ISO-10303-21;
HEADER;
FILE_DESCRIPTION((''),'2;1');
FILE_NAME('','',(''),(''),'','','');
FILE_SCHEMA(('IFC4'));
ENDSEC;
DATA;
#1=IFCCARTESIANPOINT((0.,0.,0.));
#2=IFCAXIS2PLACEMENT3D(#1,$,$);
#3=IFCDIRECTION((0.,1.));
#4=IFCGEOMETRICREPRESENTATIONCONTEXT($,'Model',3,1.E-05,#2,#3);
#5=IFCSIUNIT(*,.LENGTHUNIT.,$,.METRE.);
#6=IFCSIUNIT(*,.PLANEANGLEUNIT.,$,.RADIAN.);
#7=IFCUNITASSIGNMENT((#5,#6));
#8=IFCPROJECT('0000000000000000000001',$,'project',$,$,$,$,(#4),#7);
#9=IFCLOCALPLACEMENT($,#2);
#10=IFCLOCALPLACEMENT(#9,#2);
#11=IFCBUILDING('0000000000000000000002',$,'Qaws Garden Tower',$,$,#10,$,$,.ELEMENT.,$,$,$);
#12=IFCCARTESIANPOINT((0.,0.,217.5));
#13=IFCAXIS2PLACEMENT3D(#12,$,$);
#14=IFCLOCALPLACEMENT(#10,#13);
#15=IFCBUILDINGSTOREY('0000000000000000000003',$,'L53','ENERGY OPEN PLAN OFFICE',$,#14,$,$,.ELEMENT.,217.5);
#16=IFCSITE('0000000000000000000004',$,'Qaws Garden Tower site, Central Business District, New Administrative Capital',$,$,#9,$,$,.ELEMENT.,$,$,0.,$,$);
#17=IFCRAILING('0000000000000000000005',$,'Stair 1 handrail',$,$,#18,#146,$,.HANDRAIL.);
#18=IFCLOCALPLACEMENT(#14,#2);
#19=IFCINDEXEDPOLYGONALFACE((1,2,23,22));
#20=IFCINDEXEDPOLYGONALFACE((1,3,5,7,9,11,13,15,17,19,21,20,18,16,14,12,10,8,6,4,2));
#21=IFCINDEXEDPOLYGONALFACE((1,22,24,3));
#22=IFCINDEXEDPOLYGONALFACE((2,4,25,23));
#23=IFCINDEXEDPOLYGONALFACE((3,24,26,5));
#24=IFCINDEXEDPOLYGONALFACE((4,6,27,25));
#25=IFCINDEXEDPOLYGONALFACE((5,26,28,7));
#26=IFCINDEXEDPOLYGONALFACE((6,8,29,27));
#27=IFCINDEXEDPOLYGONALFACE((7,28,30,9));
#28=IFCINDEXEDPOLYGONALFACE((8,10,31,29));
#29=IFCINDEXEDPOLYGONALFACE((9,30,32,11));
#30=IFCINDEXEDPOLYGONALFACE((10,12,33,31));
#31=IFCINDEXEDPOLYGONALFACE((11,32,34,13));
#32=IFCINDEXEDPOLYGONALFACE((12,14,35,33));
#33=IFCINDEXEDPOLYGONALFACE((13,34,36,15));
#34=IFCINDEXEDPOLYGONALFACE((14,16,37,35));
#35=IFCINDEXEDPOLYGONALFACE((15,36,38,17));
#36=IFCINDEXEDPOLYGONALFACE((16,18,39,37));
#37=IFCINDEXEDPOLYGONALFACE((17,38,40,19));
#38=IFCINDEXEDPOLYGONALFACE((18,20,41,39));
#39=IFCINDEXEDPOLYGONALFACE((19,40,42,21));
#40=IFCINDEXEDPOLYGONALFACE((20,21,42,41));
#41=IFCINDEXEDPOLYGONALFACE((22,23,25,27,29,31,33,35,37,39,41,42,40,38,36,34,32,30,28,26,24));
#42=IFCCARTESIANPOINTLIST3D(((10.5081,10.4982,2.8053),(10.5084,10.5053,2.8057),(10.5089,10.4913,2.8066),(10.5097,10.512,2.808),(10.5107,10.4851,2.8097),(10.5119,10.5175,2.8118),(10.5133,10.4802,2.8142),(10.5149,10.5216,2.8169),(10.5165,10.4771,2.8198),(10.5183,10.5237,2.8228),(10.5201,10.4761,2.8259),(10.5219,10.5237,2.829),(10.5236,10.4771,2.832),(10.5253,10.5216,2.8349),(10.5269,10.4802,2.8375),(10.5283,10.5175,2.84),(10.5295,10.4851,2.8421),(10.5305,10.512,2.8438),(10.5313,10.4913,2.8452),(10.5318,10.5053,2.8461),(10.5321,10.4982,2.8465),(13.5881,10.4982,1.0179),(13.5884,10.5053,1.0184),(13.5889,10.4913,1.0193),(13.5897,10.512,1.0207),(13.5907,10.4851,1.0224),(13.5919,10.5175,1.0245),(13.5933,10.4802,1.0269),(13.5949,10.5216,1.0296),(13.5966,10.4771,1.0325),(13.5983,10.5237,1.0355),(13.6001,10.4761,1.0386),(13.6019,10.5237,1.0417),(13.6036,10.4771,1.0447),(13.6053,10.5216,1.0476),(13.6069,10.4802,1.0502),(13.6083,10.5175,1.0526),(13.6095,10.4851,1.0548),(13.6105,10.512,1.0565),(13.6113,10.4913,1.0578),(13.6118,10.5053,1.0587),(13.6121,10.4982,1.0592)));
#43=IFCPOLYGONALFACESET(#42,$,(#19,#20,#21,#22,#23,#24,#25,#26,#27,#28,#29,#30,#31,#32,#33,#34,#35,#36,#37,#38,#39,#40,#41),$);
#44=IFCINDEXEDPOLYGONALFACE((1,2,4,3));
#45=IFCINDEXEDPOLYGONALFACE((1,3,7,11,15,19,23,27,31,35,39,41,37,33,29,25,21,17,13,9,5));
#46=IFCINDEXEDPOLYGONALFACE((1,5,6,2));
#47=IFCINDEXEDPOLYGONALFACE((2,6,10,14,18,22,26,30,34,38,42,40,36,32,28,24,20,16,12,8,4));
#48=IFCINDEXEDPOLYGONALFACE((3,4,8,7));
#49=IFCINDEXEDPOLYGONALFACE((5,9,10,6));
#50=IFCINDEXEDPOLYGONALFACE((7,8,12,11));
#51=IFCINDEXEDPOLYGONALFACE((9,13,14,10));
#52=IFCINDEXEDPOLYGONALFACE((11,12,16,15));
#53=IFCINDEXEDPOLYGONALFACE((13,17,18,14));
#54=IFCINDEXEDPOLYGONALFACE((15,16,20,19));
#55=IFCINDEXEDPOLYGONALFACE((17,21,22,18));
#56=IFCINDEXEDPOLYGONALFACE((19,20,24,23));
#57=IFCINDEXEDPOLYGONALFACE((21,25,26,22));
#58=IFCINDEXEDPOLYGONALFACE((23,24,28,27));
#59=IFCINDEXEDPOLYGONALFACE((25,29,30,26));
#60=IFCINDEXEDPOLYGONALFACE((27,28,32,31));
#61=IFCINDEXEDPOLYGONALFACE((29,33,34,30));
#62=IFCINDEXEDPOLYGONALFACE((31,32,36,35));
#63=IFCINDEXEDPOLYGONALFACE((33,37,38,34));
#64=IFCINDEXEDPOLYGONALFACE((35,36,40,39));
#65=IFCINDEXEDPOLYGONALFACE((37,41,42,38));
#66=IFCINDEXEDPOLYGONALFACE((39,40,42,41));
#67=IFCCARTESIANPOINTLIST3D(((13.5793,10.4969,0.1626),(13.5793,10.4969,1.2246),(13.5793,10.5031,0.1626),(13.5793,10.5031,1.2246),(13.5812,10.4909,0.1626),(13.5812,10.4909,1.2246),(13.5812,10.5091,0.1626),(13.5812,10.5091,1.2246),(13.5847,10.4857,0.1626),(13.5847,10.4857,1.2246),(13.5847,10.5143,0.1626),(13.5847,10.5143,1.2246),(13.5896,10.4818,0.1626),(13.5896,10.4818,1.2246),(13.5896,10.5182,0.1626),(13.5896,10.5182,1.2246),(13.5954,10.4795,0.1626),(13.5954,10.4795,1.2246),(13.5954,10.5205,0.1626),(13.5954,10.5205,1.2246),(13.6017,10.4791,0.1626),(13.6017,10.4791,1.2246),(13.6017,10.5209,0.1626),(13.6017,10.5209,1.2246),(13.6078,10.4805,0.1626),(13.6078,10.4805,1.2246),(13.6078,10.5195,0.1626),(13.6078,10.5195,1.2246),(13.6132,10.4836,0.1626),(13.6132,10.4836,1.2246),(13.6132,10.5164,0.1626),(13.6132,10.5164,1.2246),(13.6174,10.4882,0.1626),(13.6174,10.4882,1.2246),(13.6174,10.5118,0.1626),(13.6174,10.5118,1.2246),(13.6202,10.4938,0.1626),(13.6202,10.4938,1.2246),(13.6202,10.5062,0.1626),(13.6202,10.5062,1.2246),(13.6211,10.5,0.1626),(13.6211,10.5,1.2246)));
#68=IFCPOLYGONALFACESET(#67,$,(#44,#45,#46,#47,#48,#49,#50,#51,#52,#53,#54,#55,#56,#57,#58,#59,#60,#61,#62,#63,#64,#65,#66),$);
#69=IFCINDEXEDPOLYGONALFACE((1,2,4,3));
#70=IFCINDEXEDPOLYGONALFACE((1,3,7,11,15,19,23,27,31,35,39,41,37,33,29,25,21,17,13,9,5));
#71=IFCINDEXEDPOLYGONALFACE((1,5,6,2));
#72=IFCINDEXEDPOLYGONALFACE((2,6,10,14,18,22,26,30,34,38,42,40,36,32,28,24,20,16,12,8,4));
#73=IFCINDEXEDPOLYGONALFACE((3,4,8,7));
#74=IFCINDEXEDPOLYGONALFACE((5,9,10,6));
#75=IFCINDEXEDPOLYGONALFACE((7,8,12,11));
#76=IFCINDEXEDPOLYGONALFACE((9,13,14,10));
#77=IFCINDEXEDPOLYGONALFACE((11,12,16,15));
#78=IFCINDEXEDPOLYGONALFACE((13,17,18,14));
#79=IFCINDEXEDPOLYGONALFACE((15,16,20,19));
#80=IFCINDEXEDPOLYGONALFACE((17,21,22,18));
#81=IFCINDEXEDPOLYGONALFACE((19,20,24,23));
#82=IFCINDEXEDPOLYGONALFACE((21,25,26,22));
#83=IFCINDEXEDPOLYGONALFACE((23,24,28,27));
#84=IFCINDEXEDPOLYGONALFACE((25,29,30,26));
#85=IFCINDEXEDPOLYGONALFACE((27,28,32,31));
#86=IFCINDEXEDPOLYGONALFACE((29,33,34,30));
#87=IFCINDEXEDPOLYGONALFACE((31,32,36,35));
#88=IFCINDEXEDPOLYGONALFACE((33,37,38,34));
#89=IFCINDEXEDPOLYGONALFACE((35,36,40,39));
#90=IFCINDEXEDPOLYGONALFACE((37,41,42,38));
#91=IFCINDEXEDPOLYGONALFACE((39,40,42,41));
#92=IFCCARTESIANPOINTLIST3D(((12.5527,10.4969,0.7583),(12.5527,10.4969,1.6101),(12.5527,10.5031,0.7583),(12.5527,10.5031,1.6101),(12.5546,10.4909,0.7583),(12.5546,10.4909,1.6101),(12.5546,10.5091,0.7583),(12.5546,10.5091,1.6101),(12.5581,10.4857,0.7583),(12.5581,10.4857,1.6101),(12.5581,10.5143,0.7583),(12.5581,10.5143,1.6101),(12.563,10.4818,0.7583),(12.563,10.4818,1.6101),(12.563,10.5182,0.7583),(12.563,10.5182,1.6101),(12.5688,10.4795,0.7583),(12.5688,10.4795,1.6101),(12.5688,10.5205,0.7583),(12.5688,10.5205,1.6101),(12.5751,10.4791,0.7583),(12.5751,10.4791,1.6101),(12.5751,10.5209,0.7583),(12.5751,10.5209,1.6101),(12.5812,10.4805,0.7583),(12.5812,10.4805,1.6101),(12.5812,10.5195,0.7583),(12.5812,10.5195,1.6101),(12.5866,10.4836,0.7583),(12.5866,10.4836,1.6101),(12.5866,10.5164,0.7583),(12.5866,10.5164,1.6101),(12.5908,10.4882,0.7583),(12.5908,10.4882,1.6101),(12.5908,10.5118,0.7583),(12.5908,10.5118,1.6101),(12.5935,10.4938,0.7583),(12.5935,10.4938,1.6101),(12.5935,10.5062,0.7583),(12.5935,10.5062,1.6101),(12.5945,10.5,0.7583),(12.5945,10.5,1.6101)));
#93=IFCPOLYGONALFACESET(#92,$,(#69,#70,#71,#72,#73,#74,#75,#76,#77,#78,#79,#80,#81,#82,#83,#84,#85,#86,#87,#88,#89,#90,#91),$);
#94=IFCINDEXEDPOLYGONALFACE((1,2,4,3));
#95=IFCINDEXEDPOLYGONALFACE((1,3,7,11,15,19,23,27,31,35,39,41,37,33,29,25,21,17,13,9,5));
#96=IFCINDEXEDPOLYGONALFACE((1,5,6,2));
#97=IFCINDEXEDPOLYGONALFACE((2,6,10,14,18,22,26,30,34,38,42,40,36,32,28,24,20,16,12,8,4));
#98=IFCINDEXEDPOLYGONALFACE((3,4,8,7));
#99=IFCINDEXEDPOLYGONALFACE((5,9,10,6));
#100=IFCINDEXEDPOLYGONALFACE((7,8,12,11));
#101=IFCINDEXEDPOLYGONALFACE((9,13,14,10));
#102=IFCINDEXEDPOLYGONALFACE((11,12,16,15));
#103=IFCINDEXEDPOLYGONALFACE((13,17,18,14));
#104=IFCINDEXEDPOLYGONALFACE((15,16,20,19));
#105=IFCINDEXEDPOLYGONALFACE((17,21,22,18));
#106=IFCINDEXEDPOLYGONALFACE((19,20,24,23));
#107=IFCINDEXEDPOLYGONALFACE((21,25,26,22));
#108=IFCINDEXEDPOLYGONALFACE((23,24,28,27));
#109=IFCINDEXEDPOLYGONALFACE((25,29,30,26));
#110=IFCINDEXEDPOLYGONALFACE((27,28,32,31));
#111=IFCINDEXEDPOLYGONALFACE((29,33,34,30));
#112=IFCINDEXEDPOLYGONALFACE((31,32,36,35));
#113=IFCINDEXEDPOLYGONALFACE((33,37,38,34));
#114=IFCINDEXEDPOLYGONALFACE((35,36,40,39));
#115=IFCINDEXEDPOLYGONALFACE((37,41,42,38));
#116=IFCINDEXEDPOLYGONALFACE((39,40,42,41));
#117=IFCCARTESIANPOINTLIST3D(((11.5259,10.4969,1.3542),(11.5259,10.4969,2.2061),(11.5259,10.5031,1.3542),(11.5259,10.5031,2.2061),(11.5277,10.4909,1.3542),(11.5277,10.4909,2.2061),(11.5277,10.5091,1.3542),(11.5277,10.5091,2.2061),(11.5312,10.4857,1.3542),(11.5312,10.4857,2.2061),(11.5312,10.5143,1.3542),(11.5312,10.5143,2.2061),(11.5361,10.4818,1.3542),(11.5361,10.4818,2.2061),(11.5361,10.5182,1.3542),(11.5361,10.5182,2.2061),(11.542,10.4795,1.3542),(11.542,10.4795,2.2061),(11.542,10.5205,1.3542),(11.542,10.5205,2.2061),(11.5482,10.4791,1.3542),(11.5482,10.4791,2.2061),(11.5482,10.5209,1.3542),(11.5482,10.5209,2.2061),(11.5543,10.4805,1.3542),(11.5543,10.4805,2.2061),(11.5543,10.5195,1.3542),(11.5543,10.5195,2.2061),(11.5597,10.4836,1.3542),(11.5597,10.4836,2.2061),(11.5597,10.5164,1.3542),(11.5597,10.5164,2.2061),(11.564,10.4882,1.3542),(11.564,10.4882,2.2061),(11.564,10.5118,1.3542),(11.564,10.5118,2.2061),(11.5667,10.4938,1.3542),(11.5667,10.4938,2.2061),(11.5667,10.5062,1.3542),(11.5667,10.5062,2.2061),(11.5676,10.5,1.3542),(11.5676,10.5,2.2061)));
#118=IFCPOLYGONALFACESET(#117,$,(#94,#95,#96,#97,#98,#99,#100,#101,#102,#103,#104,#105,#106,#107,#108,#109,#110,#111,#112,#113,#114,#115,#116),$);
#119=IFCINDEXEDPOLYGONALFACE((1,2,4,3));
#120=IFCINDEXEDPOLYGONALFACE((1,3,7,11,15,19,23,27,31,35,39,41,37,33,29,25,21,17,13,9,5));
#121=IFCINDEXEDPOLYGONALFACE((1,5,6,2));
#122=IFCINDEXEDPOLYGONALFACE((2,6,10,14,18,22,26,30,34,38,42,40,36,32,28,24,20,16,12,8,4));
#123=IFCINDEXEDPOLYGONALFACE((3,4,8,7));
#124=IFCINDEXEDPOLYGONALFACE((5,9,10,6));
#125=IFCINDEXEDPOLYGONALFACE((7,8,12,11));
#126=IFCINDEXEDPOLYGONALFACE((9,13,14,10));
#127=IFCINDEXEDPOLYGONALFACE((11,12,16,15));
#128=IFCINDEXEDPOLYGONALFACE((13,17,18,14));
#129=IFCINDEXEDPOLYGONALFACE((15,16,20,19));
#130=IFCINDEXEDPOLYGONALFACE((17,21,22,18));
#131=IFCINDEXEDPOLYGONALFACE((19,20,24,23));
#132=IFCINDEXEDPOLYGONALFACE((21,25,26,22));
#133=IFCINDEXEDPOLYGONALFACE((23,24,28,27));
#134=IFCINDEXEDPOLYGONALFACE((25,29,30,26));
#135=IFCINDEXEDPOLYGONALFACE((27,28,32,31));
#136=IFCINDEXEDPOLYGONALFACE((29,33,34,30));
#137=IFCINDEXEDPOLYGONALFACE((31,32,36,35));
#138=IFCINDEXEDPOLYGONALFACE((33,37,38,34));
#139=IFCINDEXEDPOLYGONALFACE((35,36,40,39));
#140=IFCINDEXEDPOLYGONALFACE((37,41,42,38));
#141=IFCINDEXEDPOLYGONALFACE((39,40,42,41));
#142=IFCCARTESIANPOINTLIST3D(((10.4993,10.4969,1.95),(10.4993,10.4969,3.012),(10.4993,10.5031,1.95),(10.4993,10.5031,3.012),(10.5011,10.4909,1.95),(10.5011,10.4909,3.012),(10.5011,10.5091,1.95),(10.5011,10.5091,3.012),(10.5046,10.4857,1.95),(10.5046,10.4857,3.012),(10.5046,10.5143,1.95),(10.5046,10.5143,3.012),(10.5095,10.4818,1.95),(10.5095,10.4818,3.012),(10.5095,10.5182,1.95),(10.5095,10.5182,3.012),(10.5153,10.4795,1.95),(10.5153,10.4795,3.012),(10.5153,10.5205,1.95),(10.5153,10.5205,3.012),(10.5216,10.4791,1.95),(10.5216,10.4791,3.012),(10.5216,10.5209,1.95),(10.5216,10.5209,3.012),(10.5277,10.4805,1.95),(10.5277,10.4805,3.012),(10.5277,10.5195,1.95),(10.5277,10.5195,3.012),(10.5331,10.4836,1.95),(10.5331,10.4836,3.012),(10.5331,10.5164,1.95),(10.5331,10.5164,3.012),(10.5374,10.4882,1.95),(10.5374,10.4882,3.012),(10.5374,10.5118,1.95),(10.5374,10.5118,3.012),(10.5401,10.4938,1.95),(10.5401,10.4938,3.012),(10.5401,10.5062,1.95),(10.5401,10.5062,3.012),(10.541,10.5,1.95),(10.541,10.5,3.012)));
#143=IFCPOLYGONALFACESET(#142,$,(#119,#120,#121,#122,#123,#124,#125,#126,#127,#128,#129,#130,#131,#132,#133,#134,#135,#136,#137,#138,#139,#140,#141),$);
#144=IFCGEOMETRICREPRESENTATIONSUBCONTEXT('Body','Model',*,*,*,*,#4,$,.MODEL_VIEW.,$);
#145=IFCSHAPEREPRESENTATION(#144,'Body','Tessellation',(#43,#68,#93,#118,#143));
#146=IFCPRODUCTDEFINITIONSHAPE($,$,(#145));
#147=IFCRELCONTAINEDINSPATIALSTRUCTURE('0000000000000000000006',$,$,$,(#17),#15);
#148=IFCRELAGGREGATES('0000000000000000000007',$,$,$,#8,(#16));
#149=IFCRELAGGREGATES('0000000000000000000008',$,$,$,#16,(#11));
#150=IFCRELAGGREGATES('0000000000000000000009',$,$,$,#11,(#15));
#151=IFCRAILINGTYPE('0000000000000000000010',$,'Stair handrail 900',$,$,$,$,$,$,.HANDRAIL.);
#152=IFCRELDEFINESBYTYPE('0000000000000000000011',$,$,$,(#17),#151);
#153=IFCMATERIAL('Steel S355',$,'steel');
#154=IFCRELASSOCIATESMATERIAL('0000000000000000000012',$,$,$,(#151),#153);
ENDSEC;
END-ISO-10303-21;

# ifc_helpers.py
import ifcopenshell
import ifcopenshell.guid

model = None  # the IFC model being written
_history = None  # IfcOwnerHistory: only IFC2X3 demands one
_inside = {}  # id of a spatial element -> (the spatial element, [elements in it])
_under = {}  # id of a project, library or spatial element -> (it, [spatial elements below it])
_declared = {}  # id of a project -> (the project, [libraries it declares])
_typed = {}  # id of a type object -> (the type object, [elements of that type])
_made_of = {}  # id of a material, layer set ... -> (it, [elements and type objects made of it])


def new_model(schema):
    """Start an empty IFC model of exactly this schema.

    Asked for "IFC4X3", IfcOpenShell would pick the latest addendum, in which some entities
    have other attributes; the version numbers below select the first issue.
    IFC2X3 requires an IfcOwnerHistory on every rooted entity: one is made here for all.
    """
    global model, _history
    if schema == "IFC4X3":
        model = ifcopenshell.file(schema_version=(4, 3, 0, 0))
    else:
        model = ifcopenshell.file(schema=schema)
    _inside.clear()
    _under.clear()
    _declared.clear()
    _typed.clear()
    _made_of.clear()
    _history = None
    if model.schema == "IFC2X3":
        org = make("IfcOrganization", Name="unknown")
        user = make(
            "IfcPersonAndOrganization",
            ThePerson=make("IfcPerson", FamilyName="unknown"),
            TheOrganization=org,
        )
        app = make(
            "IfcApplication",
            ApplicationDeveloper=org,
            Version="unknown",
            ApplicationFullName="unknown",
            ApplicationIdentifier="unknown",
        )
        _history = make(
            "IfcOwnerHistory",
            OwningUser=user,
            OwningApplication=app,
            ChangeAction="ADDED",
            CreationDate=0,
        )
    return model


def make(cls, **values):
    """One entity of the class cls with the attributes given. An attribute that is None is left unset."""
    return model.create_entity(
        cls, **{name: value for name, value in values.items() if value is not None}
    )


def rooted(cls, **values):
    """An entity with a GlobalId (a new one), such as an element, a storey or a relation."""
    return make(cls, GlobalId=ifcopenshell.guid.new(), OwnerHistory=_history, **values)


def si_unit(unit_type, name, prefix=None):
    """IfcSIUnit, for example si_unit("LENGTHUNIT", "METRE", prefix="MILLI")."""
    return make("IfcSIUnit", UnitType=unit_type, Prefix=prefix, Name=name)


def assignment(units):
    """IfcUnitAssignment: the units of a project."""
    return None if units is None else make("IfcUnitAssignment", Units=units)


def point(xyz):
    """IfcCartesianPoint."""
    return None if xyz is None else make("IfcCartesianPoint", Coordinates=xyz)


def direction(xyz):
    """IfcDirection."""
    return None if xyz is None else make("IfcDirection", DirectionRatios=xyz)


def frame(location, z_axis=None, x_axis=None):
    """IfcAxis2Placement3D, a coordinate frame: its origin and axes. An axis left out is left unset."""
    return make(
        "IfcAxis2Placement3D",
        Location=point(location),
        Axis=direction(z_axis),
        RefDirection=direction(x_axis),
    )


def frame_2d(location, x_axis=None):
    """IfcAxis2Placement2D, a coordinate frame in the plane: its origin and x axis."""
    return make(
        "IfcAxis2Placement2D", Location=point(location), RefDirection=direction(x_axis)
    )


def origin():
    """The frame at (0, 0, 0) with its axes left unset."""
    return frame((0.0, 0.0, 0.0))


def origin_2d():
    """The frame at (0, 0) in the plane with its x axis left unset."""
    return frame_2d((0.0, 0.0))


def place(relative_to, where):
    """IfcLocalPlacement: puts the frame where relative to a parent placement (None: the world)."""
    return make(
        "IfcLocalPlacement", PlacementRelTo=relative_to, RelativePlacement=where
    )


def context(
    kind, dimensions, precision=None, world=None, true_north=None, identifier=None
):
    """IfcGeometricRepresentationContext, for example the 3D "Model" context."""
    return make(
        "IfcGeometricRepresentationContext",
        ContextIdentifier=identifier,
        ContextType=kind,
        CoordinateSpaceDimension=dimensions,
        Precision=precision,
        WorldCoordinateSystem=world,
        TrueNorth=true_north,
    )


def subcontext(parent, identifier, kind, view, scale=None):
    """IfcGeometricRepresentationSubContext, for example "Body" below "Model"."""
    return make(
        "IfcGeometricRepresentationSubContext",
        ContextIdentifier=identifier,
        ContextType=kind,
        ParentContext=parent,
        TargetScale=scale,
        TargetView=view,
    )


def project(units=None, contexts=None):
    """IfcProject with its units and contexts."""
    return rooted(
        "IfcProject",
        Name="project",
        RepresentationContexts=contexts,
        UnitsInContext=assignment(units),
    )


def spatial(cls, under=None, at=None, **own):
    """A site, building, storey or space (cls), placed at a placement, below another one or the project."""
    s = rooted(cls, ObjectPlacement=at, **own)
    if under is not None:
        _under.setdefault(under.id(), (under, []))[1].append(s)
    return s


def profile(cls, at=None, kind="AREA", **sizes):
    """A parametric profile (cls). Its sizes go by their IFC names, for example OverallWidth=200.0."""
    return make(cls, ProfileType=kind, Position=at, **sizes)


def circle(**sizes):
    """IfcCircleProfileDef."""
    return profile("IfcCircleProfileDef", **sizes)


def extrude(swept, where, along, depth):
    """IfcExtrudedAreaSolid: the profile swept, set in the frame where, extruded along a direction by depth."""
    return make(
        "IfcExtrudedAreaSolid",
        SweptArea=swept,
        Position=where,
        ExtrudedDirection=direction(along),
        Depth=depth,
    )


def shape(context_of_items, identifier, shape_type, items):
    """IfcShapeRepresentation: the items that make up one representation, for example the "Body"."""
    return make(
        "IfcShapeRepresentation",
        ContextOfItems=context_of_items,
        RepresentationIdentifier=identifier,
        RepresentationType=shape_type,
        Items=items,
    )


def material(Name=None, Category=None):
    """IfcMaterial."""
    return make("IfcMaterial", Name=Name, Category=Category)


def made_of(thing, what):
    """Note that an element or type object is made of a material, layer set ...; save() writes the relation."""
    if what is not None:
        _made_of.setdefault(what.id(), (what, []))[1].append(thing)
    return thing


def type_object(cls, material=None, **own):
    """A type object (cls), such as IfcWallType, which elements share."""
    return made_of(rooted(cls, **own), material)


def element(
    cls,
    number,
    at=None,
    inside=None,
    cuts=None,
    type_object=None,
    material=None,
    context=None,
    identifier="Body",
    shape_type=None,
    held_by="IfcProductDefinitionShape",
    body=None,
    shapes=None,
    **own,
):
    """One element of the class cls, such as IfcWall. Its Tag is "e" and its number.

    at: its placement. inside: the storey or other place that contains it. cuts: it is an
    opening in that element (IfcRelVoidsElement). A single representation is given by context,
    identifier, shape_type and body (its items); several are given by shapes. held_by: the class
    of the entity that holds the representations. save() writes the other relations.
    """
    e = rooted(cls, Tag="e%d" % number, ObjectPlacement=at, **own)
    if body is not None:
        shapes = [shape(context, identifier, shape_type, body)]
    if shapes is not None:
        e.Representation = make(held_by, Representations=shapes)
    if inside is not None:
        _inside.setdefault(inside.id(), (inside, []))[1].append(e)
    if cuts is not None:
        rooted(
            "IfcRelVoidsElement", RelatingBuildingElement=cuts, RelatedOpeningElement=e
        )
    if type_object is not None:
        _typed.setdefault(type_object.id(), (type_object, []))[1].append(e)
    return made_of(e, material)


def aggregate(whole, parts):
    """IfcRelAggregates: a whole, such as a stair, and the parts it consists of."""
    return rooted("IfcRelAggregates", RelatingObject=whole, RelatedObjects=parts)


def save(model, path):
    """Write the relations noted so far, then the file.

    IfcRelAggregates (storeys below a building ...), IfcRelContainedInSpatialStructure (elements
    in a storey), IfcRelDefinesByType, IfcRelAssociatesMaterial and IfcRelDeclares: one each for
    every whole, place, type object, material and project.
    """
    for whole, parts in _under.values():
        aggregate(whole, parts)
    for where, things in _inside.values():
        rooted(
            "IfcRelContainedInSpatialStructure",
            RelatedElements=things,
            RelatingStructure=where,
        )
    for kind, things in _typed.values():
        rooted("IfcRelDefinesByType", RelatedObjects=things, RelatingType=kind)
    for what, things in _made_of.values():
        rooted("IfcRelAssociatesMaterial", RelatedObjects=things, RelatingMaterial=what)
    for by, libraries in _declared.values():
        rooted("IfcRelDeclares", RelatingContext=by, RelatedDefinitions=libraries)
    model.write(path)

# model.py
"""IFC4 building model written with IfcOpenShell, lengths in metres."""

from ifc_helpers import new_model, si_unit, direction, frame, origin, origin_2d, place, context, subcontext, project, spatial, circle, extrude, material, type_object, element, save


model = new_model("IFC4")

# Units and contexts
model_context = context("Model", 3, precision=1e-05, world=origin(), true_north=direction((0.0, 1.0)))
body_context = subcontext(model_context, "Body", "Model", "MODEL_VIEW")
ifc_project = project(units=[si_unit("LENGTHUNIT", "METRE"), si_unit("PLANEANGLEUNIT", "RADIAN")], contexts=[model_context])

# Site, building, storey
site_placement = place(None, origin())
site = spatial("IfcSite", under=ifc_project, at=site_placement, Name="Qaws Garden Tower site, Central Business District, New Administrative Capital", CompositionType="ELEMENT", RefElevation=0.0)
building_placement = place(site_placement, origin())
building = spatial("IfcBuilding", under=site, at=building_placement, Name="Qaws Garden Tower", CompositionType="ELEMENT")
storey_placement = place(building_placement, frame((0.0, 0.0, 217.5)))
storey = spatial("IfcBuildingStorey", under=building, at=storey_placement, Name="L53", Description="ENERGY OPEN PLAN OFFICE", CompositionType="ELEMENT", Elevation=217.5)

# Railing
ifc_material_1 = material(Name="Steel S355", Category="steel")
railing_type = type_object("IfcRailingType", Name="Stair handrail 900", PredefinedType="HANDRAIL", material=ifc_material_1)
railing_1_placement = place(storey_placement, frame((13.6001, 10.5, 0.1626)))
element("IfcRailing", 1, at=railing_1_placement, inside=storey, type_object=railing_type, Name="Stair 1 handrail", PredefinedType="HANDRAIL", context=body_context, shape_type="SweptSolid", body=[
    extrude(circle(Radius=0.0239, at=origin_2d()), frame((0.0, 0.0, 0.876), z_axis=(-0.86492, 0.0, 0.501909), x_axis=(0.0, -1.0, 0.0)), (0.0, 0.0, 1.0), 3.561),
    extrude(circle(Radius=0.021, at=origin_2d()), origin(), (0.0, 0.0, 1.0), 1.062),
    extrude(circle(Radius=0.021, at=origin_2d()), frame((-1.0266, 0.0, 0.5957)), (0.0, 0.0, 1.0), 0.8518),
    extrude(circle(Radius=0.021, at=origin_2d()), frame((-2.0535, 0.0, 1.1917)), (0.0, 0.0, 1.0), 0.8518),
    extrude(circle(Radius=0.021, at=origin_2d()), frame((-3.0801, 0.0, 1.7874)), (0.0, 0.0, 1.0), 1.062),
])

save(model, "model.ifc")
